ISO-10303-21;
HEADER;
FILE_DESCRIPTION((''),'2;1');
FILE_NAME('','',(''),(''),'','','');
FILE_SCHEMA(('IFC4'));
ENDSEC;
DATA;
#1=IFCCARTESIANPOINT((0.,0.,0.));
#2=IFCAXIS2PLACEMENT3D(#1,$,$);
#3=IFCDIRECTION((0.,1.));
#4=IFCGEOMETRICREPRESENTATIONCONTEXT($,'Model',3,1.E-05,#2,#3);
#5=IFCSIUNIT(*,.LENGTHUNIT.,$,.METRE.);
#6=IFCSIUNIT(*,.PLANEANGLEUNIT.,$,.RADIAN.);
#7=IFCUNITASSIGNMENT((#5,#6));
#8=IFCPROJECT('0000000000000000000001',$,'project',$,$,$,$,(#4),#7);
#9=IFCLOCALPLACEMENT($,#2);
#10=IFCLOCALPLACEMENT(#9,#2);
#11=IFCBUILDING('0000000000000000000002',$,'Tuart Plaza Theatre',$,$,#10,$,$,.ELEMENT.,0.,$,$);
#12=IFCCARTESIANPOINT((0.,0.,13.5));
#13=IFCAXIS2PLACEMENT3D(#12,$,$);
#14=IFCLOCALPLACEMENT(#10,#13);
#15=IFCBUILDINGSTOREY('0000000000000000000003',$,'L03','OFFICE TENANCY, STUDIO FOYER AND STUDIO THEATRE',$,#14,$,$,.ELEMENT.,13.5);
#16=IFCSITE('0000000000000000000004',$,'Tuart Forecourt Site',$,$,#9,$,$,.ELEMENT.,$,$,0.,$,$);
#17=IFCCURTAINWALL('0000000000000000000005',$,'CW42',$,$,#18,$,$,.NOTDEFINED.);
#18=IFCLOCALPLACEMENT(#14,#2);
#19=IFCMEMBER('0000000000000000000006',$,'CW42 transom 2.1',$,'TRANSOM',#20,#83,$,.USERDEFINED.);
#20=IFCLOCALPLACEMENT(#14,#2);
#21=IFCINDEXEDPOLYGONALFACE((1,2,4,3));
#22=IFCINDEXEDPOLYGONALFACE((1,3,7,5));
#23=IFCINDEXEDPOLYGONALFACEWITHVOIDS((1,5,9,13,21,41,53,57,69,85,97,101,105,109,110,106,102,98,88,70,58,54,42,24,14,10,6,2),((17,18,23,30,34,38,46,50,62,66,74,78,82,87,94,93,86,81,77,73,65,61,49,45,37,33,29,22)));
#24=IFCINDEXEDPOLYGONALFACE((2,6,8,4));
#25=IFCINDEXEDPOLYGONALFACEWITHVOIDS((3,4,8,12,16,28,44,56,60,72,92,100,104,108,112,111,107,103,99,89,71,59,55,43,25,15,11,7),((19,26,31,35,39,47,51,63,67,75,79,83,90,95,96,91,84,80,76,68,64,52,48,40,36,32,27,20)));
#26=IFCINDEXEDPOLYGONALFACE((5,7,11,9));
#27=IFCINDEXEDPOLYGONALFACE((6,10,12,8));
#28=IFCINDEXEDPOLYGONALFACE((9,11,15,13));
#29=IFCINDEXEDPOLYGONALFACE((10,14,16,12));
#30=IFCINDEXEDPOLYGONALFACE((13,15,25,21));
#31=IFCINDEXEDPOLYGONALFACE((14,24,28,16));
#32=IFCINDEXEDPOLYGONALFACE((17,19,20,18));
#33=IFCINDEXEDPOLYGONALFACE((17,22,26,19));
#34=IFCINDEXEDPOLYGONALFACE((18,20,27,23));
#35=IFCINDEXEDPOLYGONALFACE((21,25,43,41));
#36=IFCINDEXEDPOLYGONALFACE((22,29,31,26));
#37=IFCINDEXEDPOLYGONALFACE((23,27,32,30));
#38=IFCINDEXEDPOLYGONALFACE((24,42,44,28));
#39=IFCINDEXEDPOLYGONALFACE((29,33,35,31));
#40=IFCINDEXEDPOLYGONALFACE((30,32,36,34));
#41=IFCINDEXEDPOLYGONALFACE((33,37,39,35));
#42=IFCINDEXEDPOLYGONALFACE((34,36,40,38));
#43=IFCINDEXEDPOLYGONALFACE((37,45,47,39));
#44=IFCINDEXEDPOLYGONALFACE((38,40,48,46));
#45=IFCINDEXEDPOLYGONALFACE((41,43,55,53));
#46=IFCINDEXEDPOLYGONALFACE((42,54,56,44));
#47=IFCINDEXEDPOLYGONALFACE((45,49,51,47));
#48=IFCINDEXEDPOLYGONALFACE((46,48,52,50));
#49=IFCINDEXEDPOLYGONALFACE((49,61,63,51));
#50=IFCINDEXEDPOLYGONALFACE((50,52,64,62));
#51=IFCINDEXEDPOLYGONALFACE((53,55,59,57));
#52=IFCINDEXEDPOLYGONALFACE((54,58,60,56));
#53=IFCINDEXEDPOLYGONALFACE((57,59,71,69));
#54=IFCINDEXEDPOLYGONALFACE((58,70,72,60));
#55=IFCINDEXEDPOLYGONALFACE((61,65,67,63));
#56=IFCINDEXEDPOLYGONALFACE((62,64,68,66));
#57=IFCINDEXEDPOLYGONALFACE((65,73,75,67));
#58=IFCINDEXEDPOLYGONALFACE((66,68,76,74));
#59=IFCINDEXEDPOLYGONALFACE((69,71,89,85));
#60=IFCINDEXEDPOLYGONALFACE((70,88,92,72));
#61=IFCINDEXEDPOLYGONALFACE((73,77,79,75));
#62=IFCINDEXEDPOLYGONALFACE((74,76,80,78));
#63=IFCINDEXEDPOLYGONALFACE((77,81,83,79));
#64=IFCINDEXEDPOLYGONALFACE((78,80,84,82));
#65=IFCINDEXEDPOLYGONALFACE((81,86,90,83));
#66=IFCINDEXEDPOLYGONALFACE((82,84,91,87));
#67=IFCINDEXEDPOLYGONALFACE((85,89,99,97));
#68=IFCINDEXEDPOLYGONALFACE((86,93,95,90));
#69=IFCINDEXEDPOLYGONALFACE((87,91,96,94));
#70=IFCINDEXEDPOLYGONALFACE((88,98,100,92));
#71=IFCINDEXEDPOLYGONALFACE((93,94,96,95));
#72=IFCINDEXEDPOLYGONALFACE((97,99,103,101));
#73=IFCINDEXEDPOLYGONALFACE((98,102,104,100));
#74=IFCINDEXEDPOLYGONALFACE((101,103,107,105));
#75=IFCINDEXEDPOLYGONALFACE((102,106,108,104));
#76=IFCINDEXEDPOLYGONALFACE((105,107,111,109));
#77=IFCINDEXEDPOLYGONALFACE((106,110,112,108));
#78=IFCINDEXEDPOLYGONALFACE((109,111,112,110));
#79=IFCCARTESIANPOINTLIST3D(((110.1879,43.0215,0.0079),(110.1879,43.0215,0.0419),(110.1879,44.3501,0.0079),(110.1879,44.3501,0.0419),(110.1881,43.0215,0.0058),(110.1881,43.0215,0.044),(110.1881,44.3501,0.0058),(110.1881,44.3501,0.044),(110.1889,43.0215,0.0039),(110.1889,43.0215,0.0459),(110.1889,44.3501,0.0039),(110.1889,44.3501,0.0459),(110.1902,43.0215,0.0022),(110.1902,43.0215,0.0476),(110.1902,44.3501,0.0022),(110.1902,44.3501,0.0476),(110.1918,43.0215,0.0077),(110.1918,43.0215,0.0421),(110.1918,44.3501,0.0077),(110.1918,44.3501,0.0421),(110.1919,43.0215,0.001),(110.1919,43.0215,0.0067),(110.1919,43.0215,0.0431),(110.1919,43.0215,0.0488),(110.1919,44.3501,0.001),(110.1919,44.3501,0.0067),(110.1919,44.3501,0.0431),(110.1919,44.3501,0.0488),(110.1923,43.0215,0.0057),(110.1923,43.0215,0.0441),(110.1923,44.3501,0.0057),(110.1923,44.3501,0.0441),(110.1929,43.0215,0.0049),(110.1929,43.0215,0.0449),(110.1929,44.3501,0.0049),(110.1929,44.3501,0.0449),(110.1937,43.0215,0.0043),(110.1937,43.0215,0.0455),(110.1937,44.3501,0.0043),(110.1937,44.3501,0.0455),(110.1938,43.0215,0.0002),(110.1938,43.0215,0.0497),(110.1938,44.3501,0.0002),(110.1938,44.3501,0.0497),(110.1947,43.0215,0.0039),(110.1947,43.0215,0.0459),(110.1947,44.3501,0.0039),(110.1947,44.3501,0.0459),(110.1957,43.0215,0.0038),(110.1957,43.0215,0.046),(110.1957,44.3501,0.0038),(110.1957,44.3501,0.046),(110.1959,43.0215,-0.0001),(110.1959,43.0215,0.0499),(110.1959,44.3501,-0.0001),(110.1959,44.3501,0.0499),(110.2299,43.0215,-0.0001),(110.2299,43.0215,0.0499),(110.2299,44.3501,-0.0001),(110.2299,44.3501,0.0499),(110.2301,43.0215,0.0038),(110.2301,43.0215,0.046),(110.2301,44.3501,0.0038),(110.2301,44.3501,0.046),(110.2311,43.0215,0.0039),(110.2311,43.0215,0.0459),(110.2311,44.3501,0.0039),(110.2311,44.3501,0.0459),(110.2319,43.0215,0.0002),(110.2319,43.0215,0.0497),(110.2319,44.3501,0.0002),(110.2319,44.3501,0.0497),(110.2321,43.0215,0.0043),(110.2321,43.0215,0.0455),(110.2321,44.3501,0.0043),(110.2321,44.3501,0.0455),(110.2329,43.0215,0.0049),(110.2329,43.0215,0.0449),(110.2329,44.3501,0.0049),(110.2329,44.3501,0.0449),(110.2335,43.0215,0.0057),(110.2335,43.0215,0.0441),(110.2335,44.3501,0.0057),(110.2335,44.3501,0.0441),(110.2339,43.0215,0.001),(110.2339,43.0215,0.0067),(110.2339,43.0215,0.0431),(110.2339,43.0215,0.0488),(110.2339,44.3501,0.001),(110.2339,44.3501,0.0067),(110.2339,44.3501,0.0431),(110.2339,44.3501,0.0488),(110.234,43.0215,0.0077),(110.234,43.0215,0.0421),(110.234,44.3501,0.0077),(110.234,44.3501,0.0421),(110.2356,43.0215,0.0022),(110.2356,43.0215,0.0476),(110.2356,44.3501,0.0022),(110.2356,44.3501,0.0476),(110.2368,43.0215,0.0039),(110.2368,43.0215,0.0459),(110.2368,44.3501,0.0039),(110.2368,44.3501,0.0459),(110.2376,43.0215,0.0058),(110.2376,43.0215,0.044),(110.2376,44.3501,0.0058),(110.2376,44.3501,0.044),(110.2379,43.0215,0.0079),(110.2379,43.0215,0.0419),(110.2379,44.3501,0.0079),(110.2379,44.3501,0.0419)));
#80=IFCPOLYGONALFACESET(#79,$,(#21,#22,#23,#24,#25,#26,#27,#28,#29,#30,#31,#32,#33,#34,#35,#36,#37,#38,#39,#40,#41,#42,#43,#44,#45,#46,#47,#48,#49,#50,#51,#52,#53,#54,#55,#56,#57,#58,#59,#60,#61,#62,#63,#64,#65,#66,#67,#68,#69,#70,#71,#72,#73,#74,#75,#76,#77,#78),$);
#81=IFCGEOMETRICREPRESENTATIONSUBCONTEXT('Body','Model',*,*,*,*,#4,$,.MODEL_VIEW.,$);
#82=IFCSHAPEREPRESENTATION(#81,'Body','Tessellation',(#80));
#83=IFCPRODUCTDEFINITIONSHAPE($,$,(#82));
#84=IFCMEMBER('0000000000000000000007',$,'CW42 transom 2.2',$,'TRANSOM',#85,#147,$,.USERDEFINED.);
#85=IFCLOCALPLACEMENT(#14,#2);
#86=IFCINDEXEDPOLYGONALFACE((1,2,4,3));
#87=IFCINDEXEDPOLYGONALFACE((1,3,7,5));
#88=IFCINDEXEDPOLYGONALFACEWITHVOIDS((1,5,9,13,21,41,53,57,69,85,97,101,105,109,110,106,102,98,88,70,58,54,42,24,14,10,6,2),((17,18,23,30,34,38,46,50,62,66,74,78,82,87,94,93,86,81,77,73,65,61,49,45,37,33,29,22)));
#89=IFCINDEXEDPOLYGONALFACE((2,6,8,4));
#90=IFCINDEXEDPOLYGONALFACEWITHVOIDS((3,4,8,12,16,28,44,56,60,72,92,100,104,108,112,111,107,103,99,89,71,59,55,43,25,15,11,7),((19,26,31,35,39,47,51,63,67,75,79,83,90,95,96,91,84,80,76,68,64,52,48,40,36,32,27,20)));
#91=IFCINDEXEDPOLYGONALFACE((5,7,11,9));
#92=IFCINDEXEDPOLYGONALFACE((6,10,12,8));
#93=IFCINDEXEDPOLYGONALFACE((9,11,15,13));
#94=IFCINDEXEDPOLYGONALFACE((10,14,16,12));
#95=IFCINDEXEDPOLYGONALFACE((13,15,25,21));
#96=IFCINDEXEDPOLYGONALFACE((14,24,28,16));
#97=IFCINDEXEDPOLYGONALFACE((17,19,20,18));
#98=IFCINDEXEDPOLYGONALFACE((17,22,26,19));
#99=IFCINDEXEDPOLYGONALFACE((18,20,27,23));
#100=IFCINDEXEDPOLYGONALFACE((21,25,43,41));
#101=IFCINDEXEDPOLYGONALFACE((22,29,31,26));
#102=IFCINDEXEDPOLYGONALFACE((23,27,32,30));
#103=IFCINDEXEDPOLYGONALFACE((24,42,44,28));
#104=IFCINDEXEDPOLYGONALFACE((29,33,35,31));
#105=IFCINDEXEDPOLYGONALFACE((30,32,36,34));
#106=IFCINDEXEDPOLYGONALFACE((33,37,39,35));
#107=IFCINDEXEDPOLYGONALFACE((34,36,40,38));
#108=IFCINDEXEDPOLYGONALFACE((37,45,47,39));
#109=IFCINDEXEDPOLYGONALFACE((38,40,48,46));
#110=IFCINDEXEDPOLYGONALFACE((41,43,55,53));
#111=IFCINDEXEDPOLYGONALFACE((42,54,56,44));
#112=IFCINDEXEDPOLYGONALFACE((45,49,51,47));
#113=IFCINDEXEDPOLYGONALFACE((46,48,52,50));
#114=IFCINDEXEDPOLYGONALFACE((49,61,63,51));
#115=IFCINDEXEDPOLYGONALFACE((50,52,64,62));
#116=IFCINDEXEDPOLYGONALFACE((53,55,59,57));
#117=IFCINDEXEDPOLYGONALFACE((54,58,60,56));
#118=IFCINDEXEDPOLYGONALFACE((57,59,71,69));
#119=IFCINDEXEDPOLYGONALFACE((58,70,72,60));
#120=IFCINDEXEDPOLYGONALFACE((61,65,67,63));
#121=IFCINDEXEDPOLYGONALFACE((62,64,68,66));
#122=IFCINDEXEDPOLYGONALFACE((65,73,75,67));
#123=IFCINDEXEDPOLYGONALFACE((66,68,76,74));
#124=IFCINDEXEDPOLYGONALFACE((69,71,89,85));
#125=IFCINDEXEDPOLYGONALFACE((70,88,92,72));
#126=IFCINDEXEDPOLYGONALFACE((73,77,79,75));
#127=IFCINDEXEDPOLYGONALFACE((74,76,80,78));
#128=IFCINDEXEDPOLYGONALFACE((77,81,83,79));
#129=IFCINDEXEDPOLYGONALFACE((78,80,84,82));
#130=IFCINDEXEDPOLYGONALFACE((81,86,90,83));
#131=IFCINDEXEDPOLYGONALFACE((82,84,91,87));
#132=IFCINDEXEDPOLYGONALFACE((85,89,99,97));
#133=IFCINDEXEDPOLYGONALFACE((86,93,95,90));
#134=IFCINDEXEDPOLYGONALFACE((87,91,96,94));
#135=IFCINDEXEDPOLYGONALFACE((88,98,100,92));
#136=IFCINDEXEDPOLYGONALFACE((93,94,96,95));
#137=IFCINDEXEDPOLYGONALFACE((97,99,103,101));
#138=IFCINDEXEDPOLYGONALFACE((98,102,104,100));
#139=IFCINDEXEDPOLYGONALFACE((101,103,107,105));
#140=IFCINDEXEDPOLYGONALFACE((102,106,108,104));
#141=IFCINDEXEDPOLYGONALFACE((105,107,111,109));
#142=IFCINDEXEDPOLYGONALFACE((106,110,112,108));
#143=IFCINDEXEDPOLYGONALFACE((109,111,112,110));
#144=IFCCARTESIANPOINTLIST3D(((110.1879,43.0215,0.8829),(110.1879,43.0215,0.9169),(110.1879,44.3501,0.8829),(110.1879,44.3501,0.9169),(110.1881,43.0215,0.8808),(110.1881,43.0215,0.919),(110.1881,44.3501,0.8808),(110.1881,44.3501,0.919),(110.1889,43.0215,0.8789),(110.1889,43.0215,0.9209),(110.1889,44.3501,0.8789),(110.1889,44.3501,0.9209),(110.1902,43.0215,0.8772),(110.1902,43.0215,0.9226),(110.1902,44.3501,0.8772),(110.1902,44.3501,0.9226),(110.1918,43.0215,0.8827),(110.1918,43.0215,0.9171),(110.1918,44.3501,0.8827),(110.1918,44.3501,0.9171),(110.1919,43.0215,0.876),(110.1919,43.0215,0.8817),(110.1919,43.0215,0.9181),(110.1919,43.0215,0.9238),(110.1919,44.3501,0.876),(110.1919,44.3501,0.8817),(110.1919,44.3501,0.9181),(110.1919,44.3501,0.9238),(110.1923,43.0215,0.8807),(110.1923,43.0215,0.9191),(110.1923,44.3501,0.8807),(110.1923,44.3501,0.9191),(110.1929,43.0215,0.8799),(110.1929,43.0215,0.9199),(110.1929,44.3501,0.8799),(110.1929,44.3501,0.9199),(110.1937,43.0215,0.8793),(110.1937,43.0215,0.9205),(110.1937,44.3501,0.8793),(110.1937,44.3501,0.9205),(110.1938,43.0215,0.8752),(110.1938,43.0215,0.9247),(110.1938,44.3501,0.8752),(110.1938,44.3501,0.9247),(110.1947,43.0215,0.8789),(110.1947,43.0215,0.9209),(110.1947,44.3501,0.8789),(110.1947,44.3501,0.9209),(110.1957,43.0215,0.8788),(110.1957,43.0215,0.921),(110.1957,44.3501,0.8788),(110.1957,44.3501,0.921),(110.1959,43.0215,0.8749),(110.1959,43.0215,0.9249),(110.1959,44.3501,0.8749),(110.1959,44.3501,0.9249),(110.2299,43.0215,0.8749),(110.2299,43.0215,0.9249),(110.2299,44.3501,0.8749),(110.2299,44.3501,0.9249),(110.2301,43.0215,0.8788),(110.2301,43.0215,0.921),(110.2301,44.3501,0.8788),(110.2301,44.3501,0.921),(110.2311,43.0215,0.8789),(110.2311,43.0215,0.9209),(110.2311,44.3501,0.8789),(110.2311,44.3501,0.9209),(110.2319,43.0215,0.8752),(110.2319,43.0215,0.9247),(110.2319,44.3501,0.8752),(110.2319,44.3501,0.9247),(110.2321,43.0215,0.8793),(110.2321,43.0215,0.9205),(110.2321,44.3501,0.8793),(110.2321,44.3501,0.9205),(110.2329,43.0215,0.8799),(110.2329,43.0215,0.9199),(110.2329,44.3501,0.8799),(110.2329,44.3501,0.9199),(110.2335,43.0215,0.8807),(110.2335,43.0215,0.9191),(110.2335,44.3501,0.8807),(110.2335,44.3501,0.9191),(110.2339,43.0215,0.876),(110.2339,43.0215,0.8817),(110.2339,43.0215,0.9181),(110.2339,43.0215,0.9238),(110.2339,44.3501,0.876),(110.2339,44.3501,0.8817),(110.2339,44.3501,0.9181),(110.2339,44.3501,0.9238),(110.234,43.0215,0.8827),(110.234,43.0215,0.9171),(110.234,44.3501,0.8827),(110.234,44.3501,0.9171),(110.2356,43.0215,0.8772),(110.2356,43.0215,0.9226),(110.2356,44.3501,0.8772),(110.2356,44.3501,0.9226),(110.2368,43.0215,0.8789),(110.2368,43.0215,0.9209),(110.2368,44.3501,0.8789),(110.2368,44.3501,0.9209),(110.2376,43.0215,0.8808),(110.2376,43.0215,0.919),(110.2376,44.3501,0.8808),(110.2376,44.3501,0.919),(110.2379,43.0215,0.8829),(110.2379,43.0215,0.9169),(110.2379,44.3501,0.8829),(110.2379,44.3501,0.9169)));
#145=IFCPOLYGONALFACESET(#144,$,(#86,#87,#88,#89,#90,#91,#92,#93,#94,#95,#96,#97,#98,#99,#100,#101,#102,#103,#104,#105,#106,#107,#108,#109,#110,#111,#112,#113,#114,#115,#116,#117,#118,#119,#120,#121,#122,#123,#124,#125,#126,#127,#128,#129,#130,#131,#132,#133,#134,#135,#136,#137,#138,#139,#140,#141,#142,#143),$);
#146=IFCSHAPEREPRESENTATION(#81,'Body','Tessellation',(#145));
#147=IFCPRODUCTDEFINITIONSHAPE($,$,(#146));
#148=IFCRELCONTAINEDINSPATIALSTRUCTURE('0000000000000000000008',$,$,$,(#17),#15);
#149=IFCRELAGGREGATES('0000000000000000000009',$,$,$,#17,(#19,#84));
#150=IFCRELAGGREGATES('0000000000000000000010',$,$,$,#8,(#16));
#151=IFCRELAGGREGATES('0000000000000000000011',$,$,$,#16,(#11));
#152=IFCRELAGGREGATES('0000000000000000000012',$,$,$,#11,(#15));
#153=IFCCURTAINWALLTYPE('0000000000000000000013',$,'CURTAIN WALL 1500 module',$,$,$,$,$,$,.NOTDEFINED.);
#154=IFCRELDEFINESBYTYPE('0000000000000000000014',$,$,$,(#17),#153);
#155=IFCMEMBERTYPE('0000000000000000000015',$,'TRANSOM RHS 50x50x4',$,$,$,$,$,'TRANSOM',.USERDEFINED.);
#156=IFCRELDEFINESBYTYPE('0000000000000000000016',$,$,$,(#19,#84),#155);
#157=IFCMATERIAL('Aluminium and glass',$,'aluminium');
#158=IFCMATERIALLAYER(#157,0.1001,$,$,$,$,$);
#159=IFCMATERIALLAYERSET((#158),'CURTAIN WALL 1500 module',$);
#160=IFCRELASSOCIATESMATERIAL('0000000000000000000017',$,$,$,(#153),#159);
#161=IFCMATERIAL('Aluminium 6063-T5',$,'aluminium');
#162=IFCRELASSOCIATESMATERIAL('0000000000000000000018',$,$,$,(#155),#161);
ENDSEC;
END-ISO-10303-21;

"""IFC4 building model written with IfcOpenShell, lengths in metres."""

from ifc_helpers import new_model, si_unit, direction, frame, origin, origin_2d, place, context, subcontext, project, spatial, hollow_rectangle, extrude, material, layer, layer_set, material_profile, profile_set, type_object, element, aggregate, save


model = new_model("IFC4")

# Units and contexts
model_context = context("Model", 3, precision=1e-05, world=origin(), true_north=direction((0.0, 1.0)))
body_context = subcontext(model_context, "Body", "Model", "MODEL_VIEW")
ifc_project = project(units=[si_unit("LENGTHUNIT", "METRE"), si_unit("PLANEANGLEUNIT", "RADIAN")], contexts=[model_context])

# Site, building, storey
site_placement = place(None, origin())
site = spatial("IfcSite", under=ifc_project, at=site_placement, Name="Tuart Forecourt Site", CompositionType="ELEMENT", RefElevation=0.0)
building_placement = place(site_placement, origin())
building = spatial("IfcBuilding", under=site, at=building_placement, Name="Tuart Plaza Theatre", CompositionType="ELEMENT", ElevationOfRefHeight=0.0)
storey_placement = place(building_placement, frame((0.0, 0.0, 13.5)))
storey = spatial("IfcBuildingStorey", under=building, at=storey_placement, Name="L03", Description="OFFICE TENANCY, STUDIO FOYER AND STUDIO THEATRE", CompositionType="ELEMENT", Elevation=13.5)

# Shared definitions
ifc_material_1 = material(Name="Aluminium and glass", Category="aluminium")
ifc_layer_1 = layer(ifc_material_1, 0.1001)
ifc_layer_set_1 = layer_set([ifc_layer_1], Name="CURTAIN WALL 1500 module")
curtain_wall_type = type_object("IfcCurtainWallType", Name="CURTAIN WALL 1500 module", PredefinedType="NOTDEFINED", material=ifc_layer_set_1)

# Curtain wall
curtain_wall_1_placement = place(storey_placement, origin())
curtain_wall_1 = element("IfcCurtainWall", 1, at=curtain_wall_1_placement, inside=storey, type_object=curtain_wall_type, Name="CW42", PredefinedType="NOTDEFINED")

# Members
ifc_material_2 = material(Name="Aluminium 6063-T5", Category="aluminium")
ifc_material_profile_1 = material_profile(ifc_material_2, hollow_rectangle(XDim=0.05, YDim=0.05, WallThickness=0.0039, InnerFilletRadius=0.0039, OuterFilletRadius=0.0081, at=origin_2d()), Name="RHS 50x50x4")
ifc_profile_set_1 = profile_set([ifc_material_profile_1], Name="Aluminium 6063-T5")
member_type_1 = type_object("IfcMemberType", Name="TRANSOM RHS 50x50x4", ElementType="TRANSOM", PredefinedType="USERDEFINED", material=ifc_profile_set_1)
member_1_placement = place(storey_placement, frame((110.2129, 43.0215, 0.0249), z_axis=(0.0, 1.0, 0.0), x_axis=(-1.0, 0.0, 0.0)))
member_1 = element("IfcMember", 2, at=member_1_placement, type_object=member_type_1, Name="CW42 transom 2.1", ObjectType="TRANSOM", PredefinedType="USERDEFINED", context=body_context, shape_type="SweptSolid", body=[
    extrude(hollow_rectangle(XDim=0.05, YDim=0.05, WallThickness=0.0039, InnerFilletRadius=0.0039, OuterFilletRadius=0.0081, at=origin_2d()), origin(), (0.0, 0.0, 1.0), 1.3286),
])
member_2_placement = place(storey_placement, frame((110.2129, 43.0215, 0.8999), z_axis=(0.0, 1.0, 0.0), x_axis=(-1.0, 0.0, 0.0)))
member_2 = element("IfcMember", 3, at=member_2_placement, type_object=member_type_1, Name="CW42 transom 2.2", ObjectType="TRANSOM", PredefinedType="USERDEFINED", context=body_context, shape_type="SweptSolid", body=[
    extrude(hollow_rectangle(XDim=0.05, YDim=0.05, WallThickness=0.0039, InnerFilletRadius=0.0039, OuterFilletRadius=0.0081, at=origin_2d()), origin(), (0.0, 0.0, 1.0), 1.3286),
])

aggregate(curtain_wall_1, [member_1, member_2])

save(model, "model.ifc")
